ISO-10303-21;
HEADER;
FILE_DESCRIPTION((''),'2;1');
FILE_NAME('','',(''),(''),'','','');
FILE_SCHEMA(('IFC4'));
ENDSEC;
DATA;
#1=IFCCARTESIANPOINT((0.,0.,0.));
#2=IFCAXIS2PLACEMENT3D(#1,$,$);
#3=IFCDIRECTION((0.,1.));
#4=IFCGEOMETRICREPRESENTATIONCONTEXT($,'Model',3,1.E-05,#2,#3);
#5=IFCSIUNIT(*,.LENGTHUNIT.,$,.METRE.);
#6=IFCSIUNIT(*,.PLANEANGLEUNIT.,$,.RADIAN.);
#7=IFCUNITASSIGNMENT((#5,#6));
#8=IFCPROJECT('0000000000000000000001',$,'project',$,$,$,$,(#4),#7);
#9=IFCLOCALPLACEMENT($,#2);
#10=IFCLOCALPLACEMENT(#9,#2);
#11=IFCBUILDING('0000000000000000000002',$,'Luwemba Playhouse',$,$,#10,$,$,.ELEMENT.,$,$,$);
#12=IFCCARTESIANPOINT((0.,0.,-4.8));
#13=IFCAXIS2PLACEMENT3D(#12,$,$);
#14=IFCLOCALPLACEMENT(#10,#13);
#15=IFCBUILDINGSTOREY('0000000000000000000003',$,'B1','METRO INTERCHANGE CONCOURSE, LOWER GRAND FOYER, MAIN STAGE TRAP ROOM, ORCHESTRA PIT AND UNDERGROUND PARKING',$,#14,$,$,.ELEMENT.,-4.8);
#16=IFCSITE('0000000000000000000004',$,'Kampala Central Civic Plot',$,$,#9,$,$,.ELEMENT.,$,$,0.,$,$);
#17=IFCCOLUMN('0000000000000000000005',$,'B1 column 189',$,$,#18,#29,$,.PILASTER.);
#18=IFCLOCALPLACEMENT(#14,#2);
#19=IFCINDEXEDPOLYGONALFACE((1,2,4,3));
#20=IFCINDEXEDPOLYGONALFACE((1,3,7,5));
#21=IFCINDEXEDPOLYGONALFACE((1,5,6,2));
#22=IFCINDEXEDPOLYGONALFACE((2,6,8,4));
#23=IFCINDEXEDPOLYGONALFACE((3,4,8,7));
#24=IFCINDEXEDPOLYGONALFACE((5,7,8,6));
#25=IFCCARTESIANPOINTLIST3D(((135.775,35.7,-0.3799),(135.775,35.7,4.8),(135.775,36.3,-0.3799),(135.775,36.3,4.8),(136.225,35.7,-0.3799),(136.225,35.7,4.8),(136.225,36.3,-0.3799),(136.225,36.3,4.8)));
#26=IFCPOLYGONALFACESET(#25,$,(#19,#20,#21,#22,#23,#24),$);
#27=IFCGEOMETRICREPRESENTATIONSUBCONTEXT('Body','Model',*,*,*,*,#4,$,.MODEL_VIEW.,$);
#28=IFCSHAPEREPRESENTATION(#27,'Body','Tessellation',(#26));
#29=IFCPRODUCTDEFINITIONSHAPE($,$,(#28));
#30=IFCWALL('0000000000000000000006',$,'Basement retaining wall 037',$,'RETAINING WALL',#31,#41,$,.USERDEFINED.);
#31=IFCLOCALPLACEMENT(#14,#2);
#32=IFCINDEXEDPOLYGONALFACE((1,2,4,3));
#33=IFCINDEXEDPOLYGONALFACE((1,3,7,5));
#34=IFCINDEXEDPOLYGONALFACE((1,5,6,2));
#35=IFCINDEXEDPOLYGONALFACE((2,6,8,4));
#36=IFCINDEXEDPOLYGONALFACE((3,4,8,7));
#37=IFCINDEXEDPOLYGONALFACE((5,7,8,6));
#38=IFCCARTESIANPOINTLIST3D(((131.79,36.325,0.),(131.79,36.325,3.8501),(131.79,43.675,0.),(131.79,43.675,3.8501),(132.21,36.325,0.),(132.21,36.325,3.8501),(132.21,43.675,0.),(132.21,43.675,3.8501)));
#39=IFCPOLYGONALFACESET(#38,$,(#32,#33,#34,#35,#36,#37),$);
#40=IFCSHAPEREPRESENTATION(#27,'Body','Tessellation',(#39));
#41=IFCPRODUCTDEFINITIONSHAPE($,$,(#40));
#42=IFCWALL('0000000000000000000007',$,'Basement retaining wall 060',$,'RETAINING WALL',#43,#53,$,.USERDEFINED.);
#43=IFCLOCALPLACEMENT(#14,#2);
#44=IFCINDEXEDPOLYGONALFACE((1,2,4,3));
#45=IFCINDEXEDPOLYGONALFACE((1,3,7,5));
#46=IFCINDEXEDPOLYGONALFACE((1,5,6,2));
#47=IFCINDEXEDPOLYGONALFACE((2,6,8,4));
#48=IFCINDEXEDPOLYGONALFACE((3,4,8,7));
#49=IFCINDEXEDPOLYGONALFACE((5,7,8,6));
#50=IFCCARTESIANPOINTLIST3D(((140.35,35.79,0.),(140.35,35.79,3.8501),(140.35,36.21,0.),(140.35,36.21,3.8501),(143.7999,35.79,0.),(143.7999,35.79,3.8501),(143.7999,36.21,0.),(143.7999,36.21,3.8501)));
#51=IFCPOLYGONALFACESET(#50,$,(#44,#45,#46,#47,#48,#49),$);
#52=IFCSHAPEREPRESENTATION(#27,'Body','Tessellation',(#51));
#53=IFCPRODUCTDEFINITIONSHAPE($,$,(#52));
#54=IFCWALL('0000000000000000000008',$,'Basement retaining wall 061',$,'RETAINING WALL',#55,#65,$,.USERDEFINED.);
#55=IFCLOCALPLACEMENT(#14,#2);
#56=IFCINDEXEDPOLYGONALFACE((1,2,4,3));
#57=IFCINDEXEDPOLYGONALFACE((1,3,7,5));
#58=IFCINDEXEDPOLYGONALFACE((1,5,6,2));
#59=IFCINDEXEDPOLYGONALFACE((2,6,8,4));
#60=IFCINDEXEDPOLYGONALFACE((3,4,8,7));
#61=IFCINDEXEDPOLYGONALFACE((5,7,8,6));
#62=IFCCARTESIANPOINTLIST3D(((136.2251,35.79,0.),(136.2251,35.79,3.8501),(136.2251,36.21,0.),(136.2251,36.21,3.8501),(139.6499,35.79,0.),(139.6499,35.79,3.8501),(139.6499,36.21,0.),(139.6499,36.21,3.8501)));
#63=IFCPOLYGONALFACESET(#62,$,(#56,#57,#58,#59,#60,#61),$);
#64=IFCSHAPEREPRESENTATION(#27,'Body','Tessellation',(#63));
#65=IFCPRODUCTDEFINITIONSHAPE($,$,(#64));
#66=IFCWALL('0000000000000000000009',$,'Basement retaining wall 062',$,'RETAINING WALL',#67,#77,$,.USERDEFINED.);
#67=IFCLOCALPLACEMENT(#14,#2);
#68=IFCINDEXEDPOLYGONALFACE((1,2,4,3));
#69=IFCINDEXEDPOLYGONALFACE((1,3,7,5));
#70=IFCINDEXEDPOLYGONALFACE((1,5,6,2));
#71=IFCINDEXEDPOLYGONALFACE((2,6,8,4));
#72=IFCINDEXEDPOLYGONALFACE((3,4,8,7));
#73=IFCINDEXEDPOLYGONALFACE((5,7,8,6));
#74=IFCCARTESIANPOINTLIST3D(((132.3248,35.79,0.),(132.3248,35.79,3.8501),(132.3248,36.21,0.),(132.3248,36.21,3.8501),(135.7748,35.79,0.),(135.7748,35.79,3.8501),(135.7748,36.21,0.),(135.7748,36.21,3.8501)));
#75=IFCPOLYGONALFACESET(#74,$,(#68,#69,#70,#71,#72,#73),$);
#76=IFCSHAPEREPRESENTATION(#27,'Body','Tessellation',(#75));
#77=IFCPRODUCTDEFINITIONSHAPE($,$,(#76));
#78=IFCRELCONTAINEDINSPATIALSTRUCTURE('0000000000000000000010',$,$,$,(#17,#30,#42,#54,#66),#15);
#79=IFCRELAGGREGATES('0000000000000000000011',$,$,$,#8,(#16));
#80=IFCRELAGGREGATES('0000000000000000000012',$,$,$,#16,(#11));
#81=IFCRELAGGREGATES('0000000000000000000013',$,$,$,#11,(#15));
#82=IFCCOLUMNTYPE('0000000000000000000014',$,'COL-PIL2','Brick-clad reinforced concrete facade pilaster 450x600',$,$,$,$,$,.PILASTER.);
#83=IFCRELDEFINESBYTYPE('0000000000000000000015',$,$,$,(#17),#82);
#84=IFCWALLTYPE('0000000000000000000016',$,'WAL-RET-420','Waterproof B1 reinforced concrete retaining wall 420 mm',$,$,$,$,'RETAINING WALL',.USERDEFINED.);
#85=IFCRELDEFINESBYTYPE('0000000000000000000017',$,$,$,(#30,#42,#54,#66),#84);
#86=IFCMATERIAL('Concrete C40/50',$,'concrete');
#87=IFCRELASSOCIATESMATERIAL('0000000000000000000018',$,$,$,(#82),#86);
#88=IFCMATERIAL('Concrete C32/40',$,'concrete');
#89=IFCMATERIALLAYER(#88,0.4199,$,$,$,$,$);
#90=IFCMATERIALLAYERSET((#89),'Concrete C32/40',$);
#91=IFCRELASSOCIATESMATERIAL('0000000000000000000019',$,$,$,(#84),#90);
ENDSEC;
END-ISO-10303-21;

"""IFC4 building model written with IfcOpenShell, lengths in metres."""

from ifc_helpers import new_model, si_unit, direction, frame, frame_2d, origin, origin_2d, place, context, subcontext, project, spatial, rectangle, extrude, material, layer, layer_set, material_profile, profile_set, type_object, element, save


model = new_model("IFC4")

# Units and contexts
model_context = context("Model", 3, precision=1e-05, world=origin(), true_north=direction((0.0, 1.0)))
body_context = subcontext(model_context, "Body", "Model", "MODEL_VIEW")
ifc_project = project(units=[si_unit("LENGTHUNIT", "METRE"), si_unit("PLANEANGLEUNIT", "RADIAN")], contexts=[model_context])

# Site, building, storey
site_placement = place(None, origin())
site = spatial("IfcSite", under=ifc_project, at=site_placement, Name="Kampala Central Civic Plot", CompositionType="ELEMENT", RefElevation=0.0)
building_placement = place(site_placement, origin())
building = spatial("IfcBuilding", under=site, at=building_placement, Name="Luwemba Playhouse", CompositionType="ELEMENT")
storey_placement = place(building_placement, frame((0.0, 0.0, -4.8)))
storey = spatial("IfcBuildingStorey", under=building, at=storey_placement, Name="B1", Description="METRO INTERCHANGE CONCOURSE, LOWER GRAND FOYER, MAIN STAGE TRAP ROOM, ORCHESTRA PIT AND UNDERGROUND PARKING", CompositionType="ELEMENT", Elevation=-4.8)

# Shared definitions
ifc_material_1 = material(Name="Concrete C32/40", Category="concrete")

# Column
ifc_material_2 = material(Name="Concrete C40/50", Category="concrete")
ifc_material_profile_1 = material_profile(ifc_material_2, rectangle(XDim=0.45, YDim=0.6001, at=origin_2d()))
ifc_profile_set_1 = profile_set([ifc_material_profile_1], Name="Concrete C40/50")
column_type_1 = type_object("IfcColumnType", Name="COL-PIL2", Description="Brick-clad reinforced concrete facade pilaster 450x600", PredefinedType="PILASTER", material=ifc_profile_set_1)
column_1_placement = place(storey_placement, frame((136.0, 36.0, -0.3799), z_axis=(0.0, 0.0, 1.0), x_axis=(1.0, 0.0, 0.0)))
element("IfcColumn", 1, at=column_1_placement, inside=storey, type_object=column_type_1, Name="B1 column 189", PredefinedType="PILASTER", context=body_context, shape_type="SweptSolid", body=[
    extrude(rectangle(XDim=0.45, YDim=0.6001, at=origin_2d()), origin(), (0.0, 0.0, 1.0), 5.1799),
])

# Walls
ifc_layer = layer(ifc_material_1, 0.4199)
ifc_layer_set = layer_set([ifc_layer], Name="Concrete C32/40")
wall_type = type_object("IfcWallType", Name="WAL-RET-420", Description="Waterproof B1 reinforced concrete retaining wall 420 mm", ElementType="RETAINING WALL", PredefinedType="USERDEFINED", material=ifc_layer_set)
wall_1_placement = place(storey_placement, frame((132.0, 36.325, 0.0), z_axis=(0.0, 0.0, 1.0), x_axis=(0.0, 1.0, 0.0)))
element("IfcWall", 2, at=wall_1_placement, inside=storey, type_object=wall_type, Name="Basement retaining wall 037", ObjectType="RETAINING WALL", PredefinedType="USERDEFINED", context=body_context, shape_type="SweptSolid", body=[
    extrude(rectangle(XDim=7.3501, YDim=0.4199, at=frame_2d((3.675, 0.0))), origin(), (0.0, 0.0, 1.0), 3.8501),
])
wall_2_placement = place(storey_placement, frame((143.8, 36.0, 0.0), z_axis=(0.0, 0.0, 1.0), x_axis=(-1.0, 0.0, 0.0)))
element("IfcWall", 3, at=wall_2_placement, inside=storey, type_object=wall_type, Name="Basement retaining wall 060", ObjectType="RETAINING WALL", PredefinedType="USERDEFINED", context=body_context, shape_type="SweptSolid", body=[
    extrude(rectangle(XDim=3.45, YDim=0.4199, at=frame_2d((1.7251, 0.0))), origin(), (0.0, 0.0, 1.0), 3.8501),
])
wall_3_placement = place(storey_placement, frame((139.6499, 36.0, 0.0), z_axis=(0.0, 0.0, 1.0), x_axis=(-1.0, 0.0, 0.0)))
element("IfcWall", 4, at=wall_3_placement, inside=storey, type_object=wall_type, Name="Basement retaining wall 061", ObjectType="RETAINING WALL", PredefinedType="USERDEFINED", context=body_context, shape_type="SweptSolid", body=[
    extrude(rectangle(XDim=3.4248, YDim=0.4199, at=frame_2d((1.7124, 0.0))), origin(), (0.0, 0.0, 1.0), 3.8501),
])
wall_4_placement = place(storey_placement, frame((135.7749, 36.0, 0.0), z_axis=(0.0, 0.0, 1.0), x_axis=(-1.0, 0.0, 0.0)))
element("IfcWall", 5, at=wall_4_placement, inside=storey, type_object=wall_type, Name="Basement retaining wall 062", ObjectType="RETAINING WALL", PredefinedType="USERDEFINED", context=body_context, shape_type="SweptSolid", body=[
    extrude(rectangle(XDim=3.45, YDim=0.4199, at=frame_2d((1.7251, 0.0))), origin(), (0.0, 0.0, 1.0), 3.8501),
])

save(model, "model.ifc")
